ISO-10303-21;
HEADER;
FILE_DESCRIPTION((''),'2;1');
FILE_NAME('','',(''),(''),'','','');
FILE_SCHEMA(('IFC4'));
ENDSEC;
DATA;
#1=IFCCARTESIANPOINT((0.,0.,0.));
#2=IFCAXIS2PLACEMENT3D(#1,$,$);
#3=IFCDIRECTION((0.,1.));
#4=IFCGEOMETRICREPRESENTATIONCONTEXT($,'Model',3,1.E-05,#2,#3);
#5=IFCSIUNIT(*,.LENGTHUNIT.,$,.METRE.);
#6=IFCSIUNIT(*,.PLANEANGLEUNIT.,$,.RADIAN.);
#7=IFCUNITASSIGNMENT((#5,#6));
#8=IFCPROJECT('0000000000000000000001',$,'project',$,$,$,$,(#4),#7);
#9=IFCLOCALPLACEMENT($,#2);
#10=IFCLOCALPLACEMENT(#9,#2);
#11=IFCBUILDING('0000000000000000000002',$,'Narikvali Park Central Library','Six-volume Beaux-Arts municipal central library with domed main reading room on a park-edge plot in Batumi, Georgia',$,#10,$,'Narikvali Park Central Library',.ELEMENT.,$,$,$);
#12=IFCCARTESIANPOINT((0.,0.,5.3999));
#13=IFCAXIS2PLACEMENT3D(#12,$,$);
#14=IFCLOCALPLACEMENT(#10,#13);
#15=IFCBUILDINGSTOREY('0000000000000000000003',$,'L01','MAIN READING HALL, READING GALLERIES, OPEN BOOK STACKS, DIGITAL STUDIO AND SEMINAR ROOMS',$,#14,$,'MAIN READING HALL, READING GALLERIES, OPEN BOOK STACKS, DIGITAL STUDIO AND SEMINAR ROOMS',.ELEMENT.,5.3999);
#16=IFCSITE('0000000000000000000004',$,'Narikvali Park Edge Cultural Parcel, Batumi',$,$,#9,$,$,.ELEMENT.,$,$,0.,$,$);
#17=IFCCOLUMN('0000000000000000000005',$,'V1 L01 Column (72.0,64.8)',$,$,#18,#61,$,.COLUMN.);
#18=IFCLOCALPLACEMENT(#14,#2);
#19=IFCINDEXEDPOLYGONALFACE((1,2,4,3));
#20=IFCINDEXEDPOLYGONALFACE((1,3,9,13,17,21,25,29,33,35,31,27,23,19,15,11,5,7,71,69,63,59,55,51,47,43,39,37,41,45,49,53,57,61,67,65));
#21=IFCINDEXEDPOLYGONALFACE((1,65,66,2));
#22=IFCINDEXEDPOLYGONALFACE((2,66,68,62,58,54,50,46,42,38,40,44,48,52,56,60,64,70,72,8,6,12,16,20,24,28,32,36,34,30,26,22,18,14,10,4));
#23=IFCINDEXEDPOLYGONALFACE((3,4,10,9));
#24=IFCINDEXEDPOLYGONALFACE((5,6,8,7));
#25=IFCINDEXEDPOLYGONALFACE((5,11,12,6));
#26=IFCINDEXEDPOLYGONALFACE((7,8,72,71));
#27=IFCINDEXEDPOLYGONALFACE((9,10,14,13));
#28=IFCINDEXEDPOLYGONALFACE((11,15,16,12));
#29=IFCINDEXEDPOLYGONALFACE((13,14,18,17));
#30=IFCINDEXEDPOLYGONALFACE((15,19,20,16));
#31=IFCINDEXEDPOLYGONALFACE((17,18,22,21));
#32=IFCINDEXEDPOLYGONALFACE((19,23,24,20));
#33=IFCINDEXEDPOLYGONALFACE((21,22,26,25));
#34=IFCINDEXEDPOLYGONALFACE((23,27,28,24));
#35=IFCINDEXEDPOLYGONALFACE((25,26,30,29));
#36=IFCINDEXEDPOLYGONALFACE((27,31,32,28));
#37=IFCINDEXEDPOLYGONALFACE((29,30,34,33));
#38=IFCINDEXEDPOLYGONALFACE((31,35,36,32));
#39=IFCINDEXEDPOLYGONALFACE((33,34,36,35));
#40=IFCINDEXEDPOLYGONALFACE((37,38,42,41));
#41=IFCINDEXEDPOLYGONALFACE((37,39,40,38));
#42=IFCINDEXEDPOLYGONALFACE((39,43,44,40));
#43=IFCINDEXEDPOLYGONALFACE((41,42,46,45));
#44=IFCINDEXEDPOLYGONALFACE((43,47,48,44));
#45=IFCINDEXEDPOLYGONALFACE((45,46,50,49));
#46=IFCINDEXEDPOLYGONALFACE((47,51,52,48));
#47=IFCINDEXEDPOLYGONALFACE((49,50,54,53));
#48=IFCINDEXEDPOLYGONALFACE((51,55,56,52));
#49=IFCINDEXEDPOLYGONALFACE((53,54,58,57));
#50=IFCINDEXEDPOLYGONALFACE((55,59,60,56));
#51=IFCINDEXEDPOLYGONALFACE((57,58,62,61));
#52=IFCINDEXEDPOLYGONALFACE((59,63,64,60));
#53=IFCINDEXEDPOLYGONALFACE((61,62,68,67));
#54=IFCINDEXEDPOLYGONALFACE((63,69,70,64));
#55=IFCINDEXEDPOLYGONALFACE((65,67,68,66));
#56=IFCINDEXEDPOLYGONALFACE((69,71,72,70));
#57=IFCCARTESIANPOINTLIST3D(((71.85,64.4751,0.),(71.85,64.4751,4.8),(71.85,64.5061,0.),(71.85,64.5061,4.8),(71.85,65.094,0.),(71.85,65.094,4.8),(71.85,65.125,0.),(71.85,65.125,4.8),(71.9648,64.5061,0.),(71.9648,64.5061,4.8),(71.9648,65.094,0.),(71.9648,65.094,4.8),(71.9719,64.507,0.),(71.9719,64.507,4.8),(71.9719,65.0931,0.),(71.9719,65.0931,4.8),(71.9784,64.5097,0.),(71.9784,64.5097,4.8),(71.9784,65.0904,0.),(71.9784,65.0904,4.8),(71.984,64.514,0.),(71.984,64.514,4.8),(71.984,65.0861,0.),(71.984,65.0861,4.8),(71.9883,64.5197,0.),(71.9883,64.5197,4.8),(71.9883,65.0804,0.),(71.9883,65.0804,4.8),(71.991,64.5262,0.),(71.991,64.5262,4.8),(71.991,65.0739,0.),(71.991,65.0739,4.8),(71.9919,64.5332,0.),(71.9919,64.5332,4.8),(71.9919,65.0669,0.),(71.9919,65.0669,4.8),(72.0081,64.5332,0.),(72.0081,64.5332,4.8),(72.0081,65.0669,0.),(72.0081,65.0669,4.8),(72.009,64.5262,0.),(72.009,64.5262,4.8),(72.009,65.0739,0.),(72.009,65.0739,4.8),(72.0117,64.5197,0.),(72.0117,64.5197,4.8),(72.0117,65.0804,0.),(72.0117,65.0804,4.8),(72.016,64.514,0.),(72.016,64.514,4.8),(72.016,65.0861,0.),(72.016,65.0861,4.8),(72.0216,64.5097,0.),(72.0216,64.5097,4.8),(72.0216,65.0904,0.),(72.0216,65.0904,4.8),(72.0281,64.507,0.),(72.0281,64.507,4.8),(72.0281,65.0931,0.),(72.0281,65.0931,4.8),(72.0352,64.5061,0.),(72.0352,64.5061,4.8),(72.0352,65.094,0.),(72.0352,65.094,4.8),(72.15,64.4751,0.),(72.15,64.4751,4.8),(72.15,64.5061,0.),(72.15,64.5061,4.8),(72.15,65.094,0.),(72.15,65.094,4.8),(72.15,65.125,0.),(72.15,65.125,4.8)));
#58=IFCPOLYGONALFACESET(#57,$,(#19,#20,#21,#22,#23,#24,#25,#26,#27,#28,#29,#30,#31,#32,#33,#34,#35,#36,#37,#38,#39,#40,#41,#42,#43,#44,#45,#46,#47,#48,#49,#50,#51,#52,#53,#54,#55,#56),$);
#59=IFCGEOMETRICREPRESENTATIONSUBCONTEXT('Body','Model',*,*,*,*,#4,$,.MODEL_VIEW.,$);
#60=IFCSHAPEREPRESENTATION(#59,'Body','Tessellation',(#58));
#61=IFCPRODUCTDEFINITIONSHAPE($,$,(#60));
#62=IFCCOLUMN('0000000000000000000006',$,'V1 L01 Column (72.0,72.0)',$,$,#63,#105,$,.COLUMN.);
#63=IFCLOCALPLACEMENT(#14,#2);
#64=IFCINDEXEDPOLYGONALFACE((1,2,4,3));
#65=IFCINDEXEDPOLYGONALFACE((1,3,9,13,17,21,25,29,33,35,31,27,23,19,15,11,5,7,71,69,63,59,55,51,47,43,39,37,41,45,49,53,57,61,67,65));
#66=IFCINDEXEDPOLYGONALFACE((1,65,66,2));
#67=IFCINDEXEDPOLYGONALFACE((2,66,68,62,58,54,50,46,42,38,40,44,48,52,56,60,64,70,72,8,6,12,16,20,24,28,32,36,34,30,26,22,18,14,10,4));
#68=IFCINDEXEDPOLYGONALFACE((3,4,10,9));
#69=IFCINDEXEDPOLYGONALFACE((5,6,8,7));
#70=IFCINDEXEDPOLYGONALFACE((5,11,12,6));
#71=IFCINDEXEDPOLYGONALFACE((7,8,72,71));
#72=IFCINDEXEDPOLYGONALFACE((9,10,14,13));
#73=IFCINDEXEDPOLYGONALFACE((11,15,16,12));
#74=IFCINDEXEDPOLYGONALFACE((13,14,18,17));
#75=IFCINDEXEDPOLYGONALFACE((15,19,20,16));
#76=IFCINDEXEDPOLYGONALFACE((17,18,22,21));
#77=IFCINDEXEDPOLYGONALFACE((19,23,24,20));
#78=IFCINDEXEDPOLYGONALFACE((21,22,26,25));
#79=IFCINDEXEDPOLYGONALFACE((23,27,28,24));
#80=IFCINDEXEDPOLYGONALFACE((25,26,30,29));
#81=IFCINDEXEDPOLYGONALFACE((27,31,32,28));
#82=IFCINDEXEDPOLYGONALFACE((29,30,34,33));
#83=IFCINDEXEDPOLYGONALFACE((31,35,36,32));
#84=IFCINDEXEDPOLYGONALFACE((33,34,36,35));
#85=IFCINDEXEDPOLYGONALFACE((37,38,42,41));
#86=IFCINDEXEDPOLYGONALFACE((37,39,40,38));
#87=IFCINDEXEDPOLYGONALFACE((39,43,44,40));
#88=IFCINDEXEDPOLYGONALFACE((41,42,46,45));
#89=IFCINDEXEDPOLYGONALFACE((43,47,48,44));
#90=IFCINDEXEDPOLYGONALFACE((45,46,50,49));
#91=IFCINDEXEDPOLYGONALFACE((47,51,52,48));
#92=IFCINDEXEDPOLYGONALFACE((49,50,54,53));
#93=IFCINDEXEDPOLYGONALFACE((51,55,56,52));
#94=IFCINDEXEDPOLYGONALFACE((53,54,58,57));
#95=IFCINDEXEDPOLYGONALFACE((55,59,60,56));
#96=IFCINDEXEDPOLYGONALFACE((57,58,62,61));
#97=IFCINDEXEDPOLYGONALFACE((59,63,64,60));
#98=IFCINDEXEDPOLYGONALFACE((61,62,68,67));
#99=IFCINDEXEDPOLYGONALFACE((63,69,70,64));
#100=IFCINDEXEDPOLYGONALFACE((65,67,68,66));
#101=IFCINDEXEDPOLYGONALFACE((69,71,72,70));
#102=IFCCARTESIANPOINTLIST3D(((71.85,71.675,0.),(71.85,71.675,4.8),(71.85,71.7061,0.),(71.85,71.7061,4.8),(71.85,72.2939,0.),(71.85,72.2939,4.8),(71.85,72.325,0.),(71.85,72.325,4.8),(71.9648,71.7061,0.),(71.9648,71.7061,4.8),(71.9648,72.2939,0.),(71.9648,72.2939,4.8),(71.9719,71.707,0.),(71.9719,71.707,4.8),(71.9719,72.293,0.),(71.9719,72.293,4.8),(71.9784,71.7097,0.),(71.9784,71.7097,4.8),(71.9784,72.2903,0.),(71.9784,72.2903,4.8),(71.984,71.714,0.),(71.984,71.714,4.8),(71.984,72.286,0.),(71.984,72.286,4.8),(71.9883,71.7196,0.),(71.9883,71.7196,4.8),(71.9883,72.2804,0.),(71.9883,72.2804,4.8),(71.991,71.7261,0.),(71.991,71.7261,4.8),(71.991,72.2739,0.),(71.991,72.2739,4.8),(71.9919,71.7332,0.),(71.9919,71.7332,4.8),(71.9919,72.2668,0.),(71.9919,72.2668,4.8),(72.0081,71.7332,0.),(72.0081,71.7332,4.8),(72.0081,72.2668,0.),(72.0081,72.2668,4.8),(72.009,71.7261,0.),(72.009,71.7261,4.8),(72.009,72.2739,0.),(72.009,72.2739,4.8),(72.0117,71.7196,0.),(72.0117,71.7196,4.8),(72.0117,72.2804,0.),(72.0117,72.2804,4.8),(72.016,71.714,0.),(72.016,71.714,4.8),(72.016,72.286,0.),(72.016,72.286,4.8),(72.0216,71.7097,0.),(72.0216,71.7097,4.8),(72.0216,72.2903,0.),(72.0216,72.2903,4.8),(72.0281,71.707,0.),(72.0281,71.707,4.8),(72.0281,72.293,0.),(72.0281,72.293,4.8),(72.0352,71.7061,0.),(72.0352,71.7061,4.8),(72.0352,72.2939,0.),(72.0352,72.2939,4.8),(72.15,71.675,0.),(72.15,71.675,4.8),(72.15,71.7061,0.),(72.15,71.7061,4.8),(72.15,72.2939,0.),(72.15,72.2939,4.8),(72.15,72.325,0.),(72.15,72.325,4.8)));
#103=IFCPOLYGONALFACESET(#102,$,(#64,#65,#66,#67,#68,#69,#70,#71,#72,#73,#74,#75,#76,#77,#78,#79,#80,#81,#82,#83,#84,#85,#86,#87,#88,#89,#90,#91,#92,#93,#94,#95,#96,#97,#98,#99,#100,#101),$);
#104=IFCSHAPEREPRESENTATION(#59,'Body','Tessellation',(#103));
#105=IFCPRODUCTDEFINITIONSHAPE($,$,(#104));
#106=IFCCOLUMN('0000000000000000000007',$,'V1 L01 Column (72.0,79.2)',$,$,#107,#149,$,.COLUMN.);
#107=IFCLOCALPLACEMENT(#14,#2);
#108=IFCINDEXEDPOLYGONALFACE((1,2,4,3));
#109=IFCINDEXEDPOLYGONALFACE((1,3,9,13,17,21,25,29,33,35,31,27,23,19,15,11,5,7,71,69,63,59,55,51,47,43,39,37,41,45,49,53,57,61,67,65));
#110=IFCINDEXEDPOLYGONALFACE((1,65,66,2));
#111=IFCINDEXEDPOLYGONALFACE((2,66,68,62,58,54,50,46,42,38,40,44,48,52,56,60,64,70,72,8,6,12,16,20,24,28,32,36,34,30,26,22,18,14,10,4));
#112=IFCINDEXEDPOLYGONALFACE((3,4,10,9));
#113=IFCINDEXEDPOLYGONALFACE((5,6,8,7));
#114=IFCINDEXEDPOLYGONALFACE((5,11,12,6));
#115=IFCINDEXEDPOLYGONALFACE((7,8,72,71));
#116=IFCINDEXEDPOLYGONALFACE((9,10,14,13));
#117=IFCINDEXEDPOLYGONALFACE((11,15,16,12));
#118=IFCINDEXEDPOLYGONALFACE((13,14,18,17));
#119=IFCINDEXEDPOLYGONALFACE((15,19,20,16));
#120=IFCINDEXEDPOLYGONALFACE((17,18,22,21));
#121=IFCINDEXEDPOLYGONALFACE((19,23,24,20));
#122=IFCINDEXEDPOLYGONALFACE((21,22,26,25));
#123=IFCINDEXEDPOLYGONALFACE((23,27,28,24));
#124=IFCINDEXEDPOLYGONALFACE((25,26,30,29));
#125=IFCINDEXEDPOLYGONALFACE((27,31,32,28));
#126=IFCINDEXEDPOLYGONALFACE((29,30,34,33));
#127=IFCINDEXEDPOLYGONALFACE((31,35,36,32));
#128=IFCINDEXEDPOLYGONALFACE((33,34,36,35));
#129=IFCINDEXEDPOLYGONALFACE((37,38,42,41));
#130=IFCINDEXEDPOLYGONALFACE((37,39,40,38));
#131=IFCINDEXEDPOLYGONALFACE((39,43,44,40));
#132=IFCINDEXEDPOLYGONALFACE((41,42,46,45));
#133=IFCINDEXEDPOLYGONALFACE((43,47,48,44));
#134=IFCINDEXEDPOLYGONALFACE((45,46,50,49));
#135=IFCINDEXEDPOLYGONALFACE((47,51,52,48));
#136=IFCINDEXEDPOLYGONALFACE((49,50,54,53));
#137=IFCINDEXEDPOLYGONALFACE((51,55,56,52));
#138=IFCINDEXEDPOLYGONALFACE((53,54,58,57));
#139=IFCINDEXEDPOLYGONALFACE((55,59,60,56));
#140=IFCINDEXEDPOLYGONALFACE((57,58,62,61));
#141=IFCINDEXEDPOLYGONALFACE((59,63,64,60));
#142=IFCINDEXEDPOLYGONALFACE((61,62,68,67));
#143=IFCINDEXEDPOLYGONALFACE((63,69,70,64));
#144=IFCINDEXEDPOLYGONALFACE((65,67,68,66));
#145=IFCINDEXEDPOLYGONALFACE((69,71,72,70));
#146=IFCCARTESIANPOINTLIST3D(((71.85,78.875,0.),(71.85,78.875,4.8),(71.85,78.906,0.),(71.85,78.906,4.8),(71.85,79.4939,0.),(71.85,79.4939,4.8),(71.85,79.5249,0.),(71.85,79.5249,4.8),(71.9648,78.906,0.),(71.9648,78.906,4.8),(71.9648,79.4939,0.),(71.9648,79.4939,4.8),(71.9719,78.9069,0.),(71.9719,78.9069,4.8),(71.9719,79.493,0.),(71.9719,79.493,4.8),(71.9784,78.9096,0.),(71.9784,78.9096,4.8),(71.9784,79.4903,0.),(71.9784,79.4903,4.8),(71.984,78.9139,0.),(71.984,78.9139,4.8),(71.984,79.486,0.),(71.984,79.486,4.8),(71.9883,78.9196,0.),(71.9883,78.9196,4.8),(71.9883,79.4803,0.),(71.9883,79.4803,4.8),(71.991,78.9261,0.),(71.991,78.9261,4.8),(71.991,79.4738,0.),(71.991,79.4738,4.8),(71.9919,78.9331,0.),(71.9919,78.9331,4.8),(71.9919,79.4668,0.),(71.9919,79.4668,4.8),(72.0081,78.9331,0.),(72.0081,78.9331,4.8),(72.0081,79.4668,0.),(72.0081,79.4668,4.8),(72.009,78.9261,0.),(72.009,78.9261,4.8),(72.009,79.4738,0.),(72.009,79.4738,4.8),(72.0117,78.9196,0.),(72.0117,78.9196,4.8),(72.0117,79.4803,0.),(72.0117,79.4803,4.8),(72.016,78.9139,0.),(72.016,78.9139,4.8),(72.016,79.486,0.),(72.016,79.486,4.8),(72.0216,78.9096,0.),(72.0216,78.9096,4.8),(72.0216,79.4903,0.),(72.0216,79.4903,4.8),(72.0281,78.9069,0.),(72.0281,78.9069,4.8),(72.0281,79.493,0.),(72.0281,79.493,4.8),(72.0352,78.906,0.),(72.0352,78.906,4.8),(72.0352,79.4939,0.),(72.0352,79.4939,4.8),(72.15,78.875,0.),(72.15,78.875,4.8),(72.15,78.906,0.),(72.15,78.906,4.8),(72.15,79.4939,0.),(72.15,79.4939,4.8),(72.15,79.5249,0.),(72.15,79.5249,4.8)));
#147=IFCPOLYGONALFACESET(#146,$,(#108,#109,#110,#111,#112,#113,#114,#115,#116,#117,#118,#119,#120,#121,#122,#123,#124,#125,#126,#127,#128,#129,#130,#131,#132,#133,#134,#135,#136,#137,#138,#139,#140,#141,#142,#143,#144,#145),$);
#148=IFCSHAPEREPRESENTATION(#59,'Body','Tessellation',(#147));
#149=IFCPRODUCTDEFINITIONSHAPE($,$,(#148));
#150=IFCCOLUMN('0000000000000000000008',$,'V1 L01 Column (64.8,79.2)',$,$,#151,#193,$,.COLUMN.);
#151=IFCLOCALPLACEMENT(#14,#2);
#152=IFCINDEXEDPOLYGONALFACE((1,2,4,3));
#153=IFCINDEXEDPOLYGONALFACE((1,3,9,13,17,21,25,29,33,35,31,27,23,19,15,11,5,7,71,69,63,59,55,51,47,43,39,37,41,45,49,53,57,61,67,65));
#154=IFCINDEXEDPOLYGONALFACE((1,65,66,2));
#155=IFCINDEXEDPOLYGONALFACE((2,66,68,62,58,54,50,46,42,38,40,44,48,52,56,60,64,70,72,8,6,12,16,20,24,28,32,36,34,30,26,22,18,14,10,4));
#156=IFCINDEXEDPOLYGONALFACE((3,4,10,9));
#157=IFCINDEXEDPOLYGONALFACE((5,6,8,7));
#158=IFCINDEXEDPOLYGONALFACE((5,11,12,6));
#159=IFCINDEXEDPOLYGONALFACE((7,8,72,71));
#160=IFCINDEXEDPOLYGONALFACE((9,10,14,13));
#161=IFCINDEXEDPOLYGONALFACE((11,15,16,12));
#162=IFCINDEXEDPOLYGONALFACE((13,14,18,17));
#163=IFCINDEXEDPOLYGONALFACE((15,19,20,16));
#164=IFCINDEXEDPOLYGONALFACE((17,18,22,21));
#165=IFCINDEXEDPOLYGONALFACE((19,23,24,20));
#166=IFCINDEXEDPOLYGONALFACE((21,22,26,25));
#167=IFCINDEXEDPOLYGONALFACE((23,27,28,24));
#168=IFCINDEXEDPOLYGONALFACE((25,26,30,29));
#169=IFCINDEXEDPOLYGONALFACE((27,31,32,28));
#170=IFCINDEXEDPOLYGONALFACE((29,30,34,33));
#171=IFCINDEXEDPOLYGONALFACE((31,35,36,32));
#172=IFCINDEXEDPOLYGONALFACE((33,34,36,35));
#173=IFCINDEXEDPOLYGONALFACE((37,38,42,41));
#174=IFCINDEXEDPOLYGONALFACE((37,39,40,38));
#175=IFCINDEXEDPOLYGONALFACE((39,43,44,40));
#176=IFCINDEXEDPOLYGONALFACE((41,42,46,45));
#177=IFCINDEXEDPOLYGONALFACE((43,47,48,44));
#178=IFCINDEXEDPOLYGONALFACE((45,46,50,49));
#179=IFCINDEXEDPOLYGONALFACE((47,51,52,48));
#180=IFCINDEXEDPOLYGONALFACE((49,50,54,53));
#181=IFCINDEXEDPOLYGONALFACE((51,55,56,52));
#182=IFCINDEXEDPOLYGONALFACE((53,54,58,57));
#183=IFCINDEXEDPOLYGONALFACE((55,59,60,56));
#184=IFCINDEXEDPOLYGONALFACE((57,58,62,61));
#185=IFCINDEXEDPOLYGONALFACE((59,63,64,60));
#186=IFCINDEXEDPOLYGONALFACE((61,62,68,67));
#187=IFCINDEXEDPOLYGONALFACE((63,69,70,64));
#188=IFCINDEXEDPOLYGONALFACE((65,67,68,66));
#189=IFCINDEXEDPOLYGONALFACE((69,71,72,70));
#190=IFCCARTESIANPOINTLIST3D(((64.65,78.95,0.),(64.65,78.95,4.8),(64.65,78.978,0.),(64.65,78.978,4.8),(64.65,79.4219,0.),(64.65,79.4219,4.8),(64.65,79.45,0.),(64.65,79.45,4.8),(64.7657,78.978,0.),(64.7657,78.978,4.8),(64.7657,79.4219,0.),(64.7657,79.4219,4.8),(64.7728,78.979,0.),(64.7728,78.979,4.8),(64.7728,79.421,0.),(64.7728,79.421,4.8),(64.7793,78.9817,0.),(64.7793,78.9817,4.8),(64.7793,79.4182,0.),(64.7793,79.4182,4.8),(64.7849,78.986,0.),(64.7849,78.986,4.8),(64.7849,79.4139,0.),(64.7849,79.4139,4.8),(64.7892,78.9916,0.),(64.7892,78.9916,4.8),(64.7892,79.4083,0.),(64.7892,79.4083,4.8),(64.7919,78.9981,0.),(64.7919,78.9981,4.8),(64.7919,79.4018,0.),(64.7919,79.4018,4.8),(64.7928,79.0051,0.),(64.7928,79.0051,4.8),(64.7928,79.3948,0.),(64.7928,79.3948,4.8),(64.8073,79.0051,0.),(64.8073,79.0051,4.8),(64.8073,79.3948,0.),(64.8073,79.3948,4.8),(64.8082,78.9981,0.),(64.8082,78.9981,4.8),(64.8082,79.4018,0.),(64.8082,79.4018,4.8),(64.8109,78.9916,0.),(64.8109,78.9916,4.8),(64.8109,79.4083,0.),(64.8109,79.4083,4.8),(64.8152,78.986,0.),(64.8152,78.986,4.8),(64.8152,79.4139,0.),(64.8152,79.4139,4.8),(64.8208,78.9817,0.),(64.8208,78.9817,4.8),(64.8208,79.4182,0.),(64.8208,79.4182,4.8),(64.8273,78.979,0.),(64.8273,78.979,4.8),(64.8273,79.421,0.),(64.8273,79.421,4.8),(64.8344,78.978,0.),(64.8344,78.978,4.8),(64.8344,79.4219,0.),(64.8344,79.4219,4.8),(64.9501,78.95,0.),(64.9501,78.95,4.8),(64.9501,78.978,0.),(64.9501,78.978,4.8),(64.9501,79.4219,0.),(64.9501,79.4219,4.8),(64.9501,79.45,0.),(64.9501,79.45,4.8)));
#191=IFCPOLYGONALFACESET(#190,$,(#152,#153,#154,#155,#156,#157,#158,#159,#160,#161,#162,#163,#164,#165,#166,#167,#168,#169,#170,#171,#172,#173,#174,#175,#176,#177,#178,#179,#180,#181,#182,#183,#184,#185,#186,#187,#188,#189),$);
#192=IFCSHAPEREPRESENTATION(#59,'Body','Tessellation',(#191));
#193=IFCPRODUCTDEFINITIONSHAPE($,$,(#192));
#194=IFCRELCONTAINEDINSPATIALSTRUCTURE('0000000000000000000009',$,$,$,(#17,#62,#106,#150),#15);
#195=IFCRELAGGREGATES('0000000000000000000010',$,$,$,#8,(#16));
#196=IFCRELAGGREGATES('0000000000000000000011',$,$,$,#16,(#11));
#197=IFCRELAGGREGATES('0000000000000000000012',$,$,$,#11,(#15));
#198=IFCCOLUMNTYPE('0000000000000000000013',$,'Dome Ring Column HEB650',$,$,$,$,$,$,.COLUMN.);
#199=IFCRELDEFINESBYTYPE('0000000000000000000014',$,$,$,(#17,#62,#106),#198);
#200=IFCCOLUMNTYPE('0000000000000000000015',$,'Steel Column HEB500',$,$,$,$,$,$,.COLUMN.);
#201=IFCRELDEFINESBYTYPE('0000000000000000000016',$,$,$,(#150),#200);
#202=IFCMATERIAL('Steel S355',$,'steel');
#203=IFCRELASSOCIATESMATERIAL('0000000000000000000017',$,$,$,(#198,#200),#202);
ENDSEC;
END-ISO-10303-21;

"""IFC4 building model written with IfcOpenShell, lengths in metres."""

from ifc_helpers import new_model, si_unit, direction, frame, origin, origin_2d, place, context, subcontext, project, spatial, i_section, extrude, material, material_profile, profile_set, type_object, element, save


model = new_model("IFC4")

# Units and contexts
model_context = context("Model", 3, precision=1e-05, world=origin(), true_north=direction((0.0, 1.0)))
body_context = subcontext(model_context, "Body", "Model", "MODEL_VIEW")
ifc_project = project(units=[si_unit("LENGTHUNIT", "METRE"), si_unit("PLANEANGLEUNIT", "RADIAN")], contexts=[model_context])

# Site, building, storey
site_placement = place(None, origin())
site = spatial("IfcSite", under=ifc_project, at=site_placement, Name="Narikvali Park Edge Cultural Parcel, Batumi", CompositionType="ELEMENT", RefElevation=0.0)
building_placement = place(site_placement, origin())
building = spatial("IfcBuilding", under=site, at=building_placement, Name="Narikvali Park Central Library", Description="Six-volume Beaux-Arts municipal central library with domed main reading room on a park-edge plot in Batumi, Georgia", LongName="Narikvali Park Central Library", CompositionType="ELEMENT")
storey_placement = place(building_placement, frame((0.0, 0.0, 5.3999)))
storey = spatial("IfcBuildingStorey", under=building, at=storey_placement, Name="L01", Description="MAIN READING HALL, READING GALLERIES, OPEN BOOK STACKS, DIGITAL STUDIO AND SEMINAR ROOMS", LongName="MAIN READING HALL, READING GALLERIES, OPEN BOOK STACKS, DIGITAL STUDIO AND SEMINAR ROOMS", CompositionType="ELEMENT", Elevation=5.3999)

# Columns
ifc_material_1 = material(Name="Steel S355", Category="steel")
ifc_material_profile_1 = material_profile(ifc_material_1, i_section(OverallWidth=0.3, OverallDepth=0.6499, WebThickness=0.0161, FlangeThickness=0.031, FilletRadius=0.0271, at=origin_2d()), Name="HEB 650")
ifc_profile_set_1 = profile_set([ifc_material_profile_1], Name="Steel S355")
column_type_1 = type_object("IfcColumnType", Name="Dome Ring Column HEB650", PredefinedType="COLUMN", material=ifc_profile_set_1)
for number, where, z_axis, x_axis, name in (
    (1, (72.0, 64.8, 0.0), (0.0, 0.0, 1.0), (1.0, 0.0, 0.0), "V1 L01 Column (72.0,64.8)"),
    (2, (72.0, 72.0, 0.0), (0.0, 0.0, 1.0), (1.0, 0.0, 0.0), "V1 L01 Column (72.0,72.0)"),
    (3, (72.0, 79.2, 0.0), (0.0, 0.0, 1.0), (1.0, 0.0, 0.0), "V1 L01 Column (72.0,79.2)"),
):
    element("IfcColumn", number, at=place(storey_placement, frame(where, z_axis=z_axis, x_axis=x_axis)), inside=storey, type_object=column_type_1, Name=name, PredefinedType="COLUMN", context=body_context, shape_type="SweptSolid", body=[
        extrude(i_section(OverallWidth=0.3, OverallDepth=0.6499, WebThickness=0.0161, FlangeThickness=0.031, FilletRadius=0.0271, at=origin_2d()), origin(), (0.0, 0.0, 1.0), 4.8),
    ])
ifc_material_profile_2 = material_profile(ifc_material_1, i_section(OverallWidth=0.3, OverallDepth=0.5, WebThickness=0.0144, FlangeThickness=0.0281, FilletRadius=0.0271, at=origin_2d()), Name="HEB 500")
ifc_profile_set_2 = profile_set([ifc_material_profile_2], Name="Steel S355")
column_type_2 = type_object("IfcColumnType", Name="Steel Column HEB500", PredefinedType="COLUMN", material=ifc_profile_set_2)
column_placement = place(storey_placement, frame((64.8, 79.2, 0.0), z_axis=(0.0, 0.0, 1.0), x_axis=(1.0, 0.0, 0.0)))
element("IfcColumn", 4, at=column_placement, inside=storey, type_object=column_type_2, Name="V1 L01 Column (64.8,79.2)", PredefinedType="COLUMN", context=body_context, shape_type="SweptSolid", body=[
    extrude(i_section(OverallWidth=0.3, OverallDepth=0.5, WebThickness=0.0144, FlangeThickness=0.0281, FilletRadius=0.0271, at=origin_2d()), origin(), (0.0, 0.0, 1.0), 4.8),
])

save(model, "model.ifc")
